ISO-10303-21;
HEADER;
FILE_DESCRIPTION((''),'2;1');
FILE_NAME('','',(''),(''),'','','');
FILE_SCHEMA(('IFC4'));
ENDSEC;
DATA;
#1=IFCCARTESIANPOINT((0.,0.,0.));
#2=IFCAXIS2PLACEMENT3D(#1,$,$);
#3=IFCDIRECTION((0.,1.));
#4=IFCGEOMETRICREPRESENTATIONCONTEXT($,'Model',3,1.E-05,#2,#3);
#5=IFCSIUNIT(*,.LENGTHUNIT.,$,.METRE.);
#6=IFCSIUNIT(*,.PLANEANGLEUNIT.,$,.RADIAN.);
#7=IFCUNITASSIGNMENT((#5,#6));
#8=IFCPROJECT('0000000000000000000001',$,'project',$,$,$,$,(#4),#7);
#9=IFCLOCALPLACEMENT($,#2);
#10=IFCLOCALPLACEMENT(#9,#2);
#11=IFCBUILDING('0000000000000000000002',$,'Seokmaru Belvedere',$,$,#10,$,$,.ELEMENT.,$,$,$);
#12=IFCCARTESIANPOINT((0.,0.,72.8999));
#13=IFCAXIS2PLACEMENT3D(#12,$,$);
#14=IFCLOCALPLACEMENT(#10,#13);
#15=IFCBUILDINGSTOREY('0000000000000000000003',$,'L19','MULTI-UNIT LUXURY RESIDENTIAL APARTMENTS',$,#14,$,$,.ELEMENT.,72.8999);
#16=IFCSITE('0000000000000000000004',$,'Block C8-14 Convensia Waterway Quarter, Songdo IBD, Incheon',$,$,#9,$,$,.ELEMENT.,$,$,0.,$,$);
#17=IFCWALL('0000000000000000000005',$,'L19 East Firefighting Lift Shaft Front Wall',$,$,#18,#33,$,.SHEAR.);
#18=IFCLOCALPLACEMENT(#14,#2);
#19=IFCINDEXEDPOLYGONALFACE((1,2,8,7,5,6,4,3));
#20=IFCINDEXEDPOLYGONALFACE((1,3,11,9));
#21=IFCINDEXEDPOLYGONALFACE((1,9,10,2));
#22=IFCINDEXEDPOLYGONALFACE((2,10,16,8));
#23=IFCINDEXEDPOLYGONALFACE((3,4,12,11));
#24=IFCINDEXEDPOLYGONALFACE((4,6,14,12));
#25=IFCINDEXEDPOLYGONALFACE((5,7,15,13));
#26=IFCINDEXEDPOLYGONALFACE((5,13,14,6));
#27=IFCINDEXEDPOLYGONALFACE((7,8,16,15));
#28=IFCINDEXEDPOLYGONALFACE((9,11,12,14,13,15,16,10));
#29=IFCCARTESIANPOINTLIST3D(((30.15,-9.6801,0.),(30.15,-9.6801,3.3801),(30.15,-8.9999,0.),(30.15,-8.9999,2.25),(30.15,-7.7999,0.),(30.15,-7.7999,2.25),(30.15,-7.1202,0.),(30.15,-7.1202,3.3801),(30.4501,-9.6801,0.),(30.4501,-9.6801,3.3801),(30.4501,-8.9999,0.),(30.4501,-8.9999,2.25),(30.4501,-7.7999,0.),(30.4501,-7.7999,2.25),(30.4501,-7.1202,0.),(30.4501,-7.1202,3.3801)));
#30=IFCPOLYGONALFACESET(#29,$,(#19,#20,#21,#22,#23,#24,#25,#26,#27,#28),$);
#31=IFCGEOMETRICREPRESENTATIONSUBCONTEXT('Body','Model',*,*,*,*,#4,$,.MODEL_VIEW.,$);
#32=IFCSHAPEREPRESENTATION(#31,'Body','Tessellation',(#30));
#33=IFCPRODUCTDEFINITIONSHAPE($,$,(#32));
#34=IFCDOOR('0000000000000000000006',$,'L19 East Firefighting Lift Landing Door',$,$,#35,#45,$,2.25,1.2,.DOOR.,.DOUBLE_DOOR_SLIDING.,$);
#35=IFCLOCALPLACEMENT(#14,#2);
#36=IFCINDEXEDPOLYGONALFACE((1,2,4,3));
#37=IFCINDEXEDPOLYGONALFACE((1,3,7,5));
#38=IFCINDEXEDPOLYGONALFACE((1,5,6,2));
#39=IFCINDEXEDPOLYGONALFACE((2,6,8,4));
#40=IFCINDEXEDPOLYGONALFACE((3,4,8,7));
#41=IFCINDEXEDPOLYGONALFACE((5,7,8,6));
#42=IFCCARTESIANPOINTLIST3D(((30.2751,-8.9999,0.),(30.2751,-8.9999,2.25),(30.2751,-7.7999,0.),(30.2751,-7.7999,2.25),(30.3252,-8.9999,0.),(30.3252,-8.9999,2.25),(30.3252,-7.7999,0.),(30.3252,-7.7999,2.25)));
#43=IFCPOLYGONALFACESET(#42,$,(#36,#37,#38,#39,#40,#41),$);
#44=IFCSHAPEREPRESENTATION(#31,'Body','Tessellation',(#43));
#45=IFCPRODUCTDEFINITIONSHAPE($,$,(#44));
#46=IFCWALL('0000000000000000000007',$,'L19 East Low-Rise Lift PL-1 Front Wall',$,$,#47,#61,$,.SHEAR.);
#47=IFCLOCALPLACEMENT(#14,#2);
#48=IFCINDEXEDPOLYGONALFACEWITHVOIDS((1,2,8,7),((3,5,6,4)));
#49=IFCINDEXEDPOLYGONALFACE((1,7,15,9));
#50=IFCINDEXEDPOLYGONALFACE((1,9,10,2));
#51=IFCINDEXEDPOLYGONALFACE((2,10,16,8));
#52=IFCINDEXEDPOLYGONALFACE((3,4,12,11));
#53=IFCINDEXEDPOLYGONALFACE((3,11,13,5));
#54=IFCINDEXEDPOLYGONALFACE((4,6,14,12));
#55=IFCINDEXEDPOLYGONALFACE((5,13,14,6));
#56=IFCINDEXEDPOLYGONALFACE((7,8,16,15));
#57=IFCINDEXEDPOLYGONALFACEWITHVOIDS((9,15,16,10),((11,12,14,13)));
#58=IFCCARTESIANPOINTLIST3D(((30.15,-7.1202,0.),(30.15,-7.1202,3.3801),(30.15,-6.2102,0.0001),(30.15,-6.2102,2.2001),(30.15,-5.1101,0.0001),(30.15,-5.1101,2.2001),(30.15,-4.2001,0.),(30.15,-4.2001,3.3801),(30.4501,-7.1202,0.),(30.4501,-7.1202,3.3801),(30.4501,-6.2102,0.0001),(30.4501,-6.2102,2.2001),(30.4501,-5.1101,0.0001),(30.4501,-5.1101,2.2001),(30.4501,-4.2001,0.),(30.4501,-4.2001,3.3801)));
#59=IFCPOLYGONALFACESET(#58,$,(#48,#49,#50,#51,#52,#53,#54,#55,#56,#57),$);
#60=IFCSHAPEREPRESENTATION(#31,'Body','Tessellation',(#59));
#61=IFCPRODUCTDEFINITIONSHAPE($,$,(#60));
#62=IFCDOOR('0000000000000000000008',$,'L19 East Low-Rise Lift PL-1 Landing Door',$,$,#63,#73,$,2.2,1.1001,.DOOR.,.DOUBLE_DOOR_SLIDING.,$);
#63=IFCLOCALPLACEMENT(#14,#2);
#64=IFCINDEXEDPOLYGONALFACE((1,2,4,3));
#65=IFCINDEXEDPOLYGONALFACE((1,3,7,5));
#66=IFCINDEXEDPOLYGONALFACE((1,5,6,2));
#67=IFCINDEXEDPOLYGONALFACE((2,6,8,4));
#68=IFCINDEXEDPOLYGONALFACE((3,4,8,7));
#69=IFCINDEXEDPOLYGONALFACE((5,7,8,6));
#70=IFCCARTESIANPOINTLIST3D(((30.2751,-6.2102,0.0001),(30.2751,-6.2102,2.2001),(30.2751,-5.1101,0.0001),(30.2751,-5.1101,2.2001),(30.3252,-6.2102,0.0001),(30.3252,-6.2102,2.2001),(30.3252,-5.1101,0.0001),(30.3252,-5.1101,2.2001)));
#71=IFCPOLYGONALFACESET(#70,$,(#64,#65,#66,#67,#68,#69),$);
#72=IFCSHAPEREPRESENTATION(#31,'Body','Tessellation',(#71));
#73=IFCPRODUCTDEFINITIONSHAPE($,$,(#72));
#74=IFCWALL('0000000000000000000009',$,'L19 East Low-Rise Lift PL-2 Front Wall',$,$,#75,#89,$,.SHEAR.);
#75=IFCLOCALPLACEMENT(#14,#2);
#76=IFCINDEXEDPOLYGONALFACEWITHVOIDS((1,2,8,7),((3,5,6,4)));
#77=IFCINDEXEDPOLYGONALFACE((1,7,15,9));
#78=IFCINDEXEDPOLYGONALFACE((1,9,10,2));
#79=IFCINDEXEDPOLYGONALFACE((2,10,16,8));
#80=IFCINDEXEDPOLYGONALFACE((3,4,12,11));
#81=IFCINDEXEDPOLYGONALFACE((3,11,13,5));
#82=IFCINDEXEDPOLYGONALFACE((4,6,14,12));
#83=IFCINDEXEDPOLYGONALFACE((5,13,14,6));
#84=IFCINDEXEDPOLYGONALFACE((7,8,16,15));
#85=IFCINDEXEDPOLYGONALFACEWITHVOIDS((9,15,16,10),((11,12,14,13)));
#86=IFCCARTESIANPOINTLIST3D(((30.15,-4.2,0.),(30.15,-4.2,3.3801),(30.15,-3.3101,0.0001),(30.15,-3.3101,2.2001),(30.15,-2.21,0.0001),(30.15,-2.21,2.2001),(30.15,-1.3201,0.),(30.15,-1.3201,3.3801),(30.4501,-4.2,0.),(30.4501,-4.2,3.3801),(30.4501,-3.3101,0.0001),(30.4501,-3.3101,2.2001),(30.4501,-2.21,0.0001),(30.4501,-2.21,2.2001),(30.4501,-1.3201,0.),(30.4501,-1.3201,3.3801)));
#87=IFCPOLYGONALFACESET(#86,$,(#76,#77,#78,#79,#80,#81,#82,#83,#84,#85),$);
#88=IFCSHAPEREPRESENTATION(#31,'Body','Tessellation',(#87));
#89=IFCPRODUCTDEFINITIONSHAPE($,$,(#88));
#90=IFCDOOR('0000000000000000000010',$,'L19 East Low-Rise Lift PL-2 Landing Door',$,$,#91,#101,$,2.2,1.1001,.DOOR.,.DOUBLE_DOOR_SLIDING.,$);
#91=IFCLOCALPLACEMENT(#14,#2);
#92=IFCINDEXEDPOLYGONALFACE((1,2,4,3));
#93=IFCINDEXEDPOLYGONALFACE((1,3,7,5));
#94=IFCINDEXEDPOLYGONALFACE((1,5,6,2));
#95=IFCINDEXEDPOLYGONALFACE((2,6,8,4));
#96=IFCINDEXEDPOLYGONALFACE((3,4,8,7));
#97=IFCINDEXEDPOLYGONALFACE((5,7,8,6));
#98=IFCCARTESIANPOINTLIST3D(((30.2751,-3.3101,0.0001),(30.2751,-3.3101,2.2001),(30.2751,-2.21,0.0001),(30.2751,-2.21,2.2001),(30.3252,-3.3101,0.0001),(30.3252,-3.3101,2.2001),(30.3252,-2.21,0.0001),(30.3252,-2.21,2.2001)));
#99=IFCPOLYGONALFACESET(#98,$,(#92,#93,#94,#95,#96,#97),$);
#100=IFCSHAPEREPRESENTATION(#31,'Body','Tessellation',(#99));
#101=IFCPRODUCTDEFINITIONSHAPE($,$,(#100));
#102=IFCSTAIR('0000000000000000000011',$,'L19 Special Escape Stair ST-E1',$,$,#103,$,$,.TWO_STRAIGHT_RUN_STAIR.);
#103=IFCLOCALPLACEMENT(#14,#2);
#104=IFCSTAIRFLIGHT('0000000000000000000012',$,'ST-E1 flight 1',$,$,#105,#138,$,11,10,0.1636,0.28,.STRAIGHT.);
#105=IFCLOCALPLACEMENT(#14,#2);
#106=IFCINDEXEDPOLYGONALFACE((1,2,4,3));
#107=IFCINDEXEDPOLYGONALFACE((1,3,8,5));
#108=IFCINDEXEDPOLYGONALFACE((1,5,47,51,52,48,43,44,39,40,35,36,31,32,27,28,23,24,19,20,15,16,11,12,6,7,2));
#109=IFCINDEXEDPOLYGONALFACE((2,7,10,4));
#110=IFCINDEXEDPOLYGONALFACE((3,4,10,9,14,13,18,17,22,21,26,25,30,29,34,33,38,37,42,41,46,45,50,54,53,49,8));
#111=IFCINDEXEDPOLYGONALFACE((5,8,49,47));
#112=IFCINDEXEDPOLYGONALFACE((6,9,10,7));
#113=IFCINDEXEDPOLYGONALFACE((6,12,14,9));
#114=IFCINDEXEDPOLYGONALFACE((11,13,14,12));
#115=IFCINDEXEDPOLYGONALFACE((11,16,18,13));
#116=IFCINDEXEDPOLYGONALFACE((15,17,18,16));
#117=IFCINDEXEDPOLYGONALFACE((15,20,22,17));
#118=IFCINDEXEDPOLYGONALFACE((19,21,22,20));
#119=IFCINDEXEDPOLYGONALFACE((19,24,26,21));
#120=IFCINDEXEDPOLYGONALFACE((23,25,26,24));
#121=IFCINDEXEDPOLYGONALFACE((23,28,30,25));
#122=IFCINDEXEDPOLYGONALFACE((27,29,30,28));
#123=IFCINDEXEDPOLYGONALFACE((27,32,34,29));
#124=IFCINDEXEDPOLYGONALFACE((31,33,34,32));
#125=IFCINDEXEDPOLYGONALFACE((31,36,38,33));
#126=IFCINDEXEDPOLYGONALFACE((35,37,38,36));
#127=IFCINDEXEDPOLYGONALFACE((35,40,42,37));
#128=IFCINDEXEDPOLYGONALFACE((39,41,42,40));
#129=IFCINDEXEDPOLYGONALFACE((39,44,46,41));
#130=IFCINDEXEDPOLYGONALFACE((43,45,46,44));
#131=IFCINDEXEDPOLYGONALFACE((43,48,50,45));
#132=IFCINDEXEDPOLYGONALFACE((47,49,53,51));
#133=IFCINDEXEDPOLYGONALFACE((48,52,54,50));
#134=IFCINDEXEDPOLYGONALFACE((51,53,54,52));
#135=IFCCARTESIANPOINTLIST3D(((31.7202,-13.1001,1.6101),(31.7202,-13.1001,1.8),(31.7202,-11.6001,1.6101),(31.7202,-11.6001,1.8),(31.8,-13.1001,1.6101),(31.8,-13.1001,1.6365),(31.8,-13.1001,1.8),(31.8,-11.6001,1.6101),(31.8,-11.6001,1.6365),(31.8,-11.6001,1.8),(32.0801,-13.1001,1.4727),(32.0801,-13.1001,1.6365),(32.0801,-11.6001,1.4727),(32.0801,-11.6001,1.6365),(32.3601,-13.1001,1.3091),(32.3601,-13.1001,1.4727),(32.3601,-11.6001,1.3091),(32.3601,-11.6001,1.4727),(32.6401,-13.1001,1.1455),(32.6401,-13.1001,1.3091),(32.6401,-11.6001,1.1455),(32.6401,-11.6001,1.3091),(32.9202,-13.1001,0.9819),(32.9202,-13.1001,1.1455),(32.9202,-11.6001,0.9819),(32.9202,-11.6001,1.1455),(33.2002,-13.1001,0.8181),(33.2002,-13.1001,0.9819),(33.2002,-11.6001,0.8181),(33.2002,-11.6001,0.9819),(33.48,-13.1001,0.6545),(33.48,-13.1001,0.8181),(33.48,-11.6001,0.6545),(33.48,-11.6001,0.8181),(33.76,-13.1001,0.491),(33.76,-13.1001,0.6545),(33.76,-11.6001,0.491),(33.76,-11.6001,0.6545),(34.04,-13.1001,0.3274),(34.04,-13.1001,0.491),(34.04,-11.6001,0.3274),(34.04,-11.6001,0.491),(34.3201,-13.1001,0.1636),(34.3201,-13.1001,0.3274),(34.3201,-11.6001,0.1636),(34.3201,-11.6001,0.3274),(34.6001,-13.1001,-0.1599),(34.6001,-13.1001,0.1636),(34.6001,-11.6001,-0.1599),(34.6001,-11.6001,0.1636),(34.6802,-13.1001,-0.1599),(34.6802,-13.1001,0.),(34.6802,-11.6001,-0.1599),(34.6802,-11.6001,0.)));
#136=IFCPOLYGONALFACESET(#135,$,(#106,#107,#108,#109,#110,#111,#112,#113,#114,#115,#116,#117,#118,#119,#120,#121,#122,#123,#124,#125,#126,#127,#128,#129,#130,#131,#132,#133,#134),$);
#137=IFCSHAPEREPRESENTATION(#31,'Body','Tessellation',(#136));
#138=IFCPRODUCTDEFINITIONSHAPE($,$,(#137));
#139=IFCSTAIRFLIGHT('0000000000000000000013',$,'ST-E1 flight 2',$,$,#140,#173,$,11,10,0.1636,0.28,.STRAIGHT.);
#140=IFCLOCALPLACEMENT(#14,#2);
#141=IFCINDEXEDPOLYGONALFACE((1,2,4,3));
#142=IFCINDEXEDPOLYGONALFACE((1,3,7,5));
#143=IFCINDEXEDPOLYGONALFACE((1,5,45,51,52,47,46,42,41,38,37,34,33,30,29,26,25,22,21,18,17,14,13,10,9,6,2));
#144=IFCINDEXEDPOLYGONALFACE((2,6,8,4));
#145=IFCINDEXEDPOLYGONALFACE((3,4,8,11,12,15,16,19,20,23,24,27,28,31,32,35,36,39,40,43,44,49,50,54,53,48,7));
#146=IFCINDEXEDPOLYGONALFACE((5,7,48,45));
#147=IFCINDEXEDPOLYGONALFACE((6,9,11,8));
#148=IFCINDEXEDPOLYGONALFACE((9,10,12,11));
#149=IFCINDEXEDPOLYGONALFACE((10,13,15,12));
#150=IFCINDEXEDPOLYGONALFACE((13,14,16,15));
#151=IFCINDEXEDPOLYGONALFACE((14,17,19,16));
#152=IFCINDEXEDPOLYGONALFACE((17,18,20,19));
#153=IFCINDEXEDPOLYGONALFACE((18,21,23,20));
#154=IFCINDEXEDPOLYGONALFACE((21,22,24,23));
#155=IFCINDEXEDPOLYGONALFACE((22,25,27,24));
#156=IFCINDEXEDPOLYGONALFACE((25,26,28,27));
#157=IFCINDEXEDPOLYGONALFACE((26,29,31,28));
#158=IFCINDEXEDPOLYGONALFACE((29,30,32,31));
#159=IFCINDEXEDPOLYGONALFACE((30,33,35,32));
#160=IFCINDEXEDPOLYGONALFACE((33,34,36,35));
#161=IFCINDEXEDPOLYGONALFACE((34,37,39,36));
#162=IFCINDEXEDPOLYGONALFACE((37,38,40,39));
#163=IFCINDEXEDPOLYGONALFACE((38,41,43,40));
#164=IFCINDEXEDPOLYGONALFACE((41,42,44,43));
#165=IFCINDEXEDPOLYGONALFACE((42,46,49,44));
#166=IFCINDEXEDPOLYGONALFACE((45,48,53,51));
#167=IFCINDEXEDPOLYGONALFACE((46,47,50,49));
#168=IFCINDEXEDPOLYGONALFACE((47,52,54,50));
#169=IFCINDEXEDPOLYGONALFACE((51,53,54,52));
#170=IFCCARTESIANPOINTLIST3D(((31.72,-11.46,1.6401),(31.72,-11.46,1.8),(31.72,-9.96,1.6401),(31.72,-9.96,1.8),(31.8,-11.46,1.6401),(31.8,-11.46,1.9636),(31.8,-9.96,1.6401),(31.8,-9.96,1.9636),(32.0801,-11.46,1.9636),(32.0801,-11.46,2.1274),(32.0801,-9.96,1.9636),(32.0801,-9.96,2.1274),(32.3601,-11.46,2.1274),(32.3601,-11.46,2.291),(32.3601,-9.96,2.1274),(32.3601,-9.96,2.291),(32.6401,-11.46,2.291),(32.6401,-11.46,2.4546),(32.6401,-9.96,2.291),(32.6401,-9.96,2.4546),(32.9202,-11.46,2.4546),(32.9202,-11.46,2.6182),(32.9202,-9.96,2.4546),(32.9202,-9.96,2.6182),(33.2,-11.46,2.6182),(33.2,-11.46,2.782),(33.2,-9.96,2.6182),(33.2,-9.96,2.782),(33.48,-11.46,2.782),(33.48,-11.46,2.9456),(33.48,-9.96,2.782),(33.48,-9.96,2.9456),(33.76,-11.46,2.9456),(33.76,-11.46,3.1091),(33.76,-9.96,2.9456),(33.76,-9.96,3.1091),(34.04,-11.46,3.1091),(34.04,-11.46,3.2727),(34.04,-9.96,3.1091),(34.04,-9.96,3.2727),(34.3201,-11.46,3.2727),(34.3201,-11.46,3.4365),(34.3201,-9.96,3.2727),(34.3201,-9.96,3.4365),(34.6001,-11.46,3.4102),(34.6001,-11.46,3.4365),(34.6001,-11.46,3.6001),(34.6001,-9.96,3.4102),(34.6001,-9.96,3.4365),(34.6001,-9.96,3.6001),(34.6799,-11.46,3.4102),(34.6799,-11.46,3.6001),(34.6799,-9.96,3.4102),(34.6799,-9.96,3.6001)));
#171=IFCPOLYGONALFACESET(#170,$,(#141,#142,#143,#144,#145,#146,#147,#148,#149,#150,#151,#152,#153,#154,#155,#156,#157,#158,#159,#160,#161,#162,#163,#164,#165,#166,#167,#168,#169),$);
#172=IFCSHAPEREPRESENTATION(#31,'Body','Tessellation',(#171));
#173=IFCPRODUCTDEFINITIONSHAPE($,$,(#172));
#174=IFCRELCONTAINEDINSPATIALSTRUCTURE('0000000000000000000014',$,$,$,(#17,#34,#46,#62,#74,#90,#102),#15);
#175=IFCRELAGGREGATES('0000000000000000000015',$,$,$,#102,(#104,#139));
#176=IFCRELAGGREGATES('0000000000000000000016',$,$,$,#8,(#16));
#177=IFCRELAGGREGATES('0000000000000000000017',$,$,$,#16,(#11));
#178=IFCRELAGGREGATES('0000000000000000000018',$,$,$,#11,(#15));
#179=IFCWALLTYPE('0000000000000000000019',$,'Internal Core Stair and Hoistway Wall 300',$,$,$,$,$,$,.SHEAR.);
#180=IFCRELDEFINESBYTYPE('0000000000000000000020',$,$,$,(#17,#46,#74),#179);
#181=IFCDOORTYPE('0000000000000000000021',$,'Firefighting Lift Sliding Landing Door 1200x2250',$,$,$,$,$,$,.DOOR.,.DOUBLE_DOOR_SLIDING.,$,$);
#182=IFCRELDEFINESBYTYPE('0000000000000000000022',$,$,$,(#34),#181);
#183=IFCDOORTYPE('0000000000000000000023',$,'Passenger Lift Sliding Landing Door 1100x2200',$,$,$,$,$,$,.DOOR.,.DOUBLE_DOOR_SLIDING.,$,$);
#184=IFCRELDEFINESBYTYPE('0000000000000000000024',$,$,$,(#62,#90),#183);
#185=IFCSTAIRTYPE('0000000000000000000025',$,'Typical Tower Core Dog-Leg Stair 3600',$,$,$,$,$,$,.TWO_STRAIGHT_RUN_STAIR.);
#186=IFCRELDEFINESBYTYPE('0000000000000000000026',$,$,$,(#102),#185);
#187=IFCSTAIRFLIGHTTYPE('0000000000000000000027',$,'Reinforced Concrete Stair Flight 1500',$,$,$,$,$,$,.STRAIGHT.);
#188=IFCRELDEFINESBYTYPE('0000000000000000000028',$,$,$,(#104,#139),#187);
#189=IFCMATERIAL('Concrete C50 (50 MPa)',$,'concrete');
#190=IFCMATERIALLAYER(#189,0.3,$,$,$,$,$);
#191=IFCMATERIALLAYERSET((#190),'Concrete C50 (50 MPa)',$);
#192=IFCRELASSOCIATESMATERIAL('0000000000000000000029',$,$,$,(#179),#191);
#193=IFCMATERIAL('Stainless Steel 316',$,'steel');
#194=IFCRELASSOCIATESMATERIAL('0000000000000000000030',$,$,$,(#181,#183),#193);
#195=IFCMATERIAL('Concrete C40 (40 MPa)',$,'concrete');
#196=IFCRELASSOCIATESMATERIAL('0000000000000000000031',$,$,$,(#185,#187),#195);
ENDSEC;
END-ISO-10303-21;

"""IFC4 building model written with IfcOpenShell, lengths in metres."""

from ifc_helpers import new_model, si_unit, direction, frame, frame_2d, origin, place, context, subcontext, project, spatial, polyline, rectangle, outline, extrude, source, transform, mapped, material, layer, layer_set, type_object, type_shapes, element, fill, aggregate, save


model = new_model("IFC4")

# Units and contexts
model_context = context("Model", 3, precision=1e-05, world=origin(), true_north=direction((0.0, 1.0)))
body_context = subcontext(model_context, "Body", "Model", "MODEL_VIEW")
ifc_project = project(units=[si_unit("LENGTHUNIT", "METRE"), si_unit("PLANEANGLEUNIT", "RADIAN")], contexts=[model_context])

# Site, building, storey
site_placement = place(None, origin())
site = spatial("IfcSite", under=ifc_project, at=site_placement, Name="Block C8-14 Convensia Waterway Quarter, Songdo IBD, Incheon", CompositionType="ELEMENT", RefElevation=0.0)
building_placement = place(site_placement, origin())
building = spatial("IfcBuilding", under=site, at=building_placement, Name="Seokmaru Belvedere", CompositionType="ELEMENT")
storey_placement = place(building_placement, frame((0.0, 0.0, 72.8999)))
storey = spatial("IfcBuildingStorey", under=building, at=storey_placement, Name="L19", Description="MULTI-UNIT LUXURY RESIDENTIAL APARTMENTS", CompositionType="ELEMENT", Elevation=72.8999)

# Walls, openings, doors
ifc_material_1 = material(Name="Concrete C50 (50 MPa)", Category="concrete")
ifc_layer_1 = layer(ifc_material_1, 0.3)
ifc_layer_set_1 = layer_set([ifc_layer_1], Name="Concrete C50 (50 MPa)")
wall_type_1 = type_object("IfcWallType", Name="Internal Core Stair and Hoistway Wall 300", PredefinedType="SHEAR", material=ifc_layer_set_1)
wall_1_placement = place(storey_placement, frame((30.3, -9.6799, 0.0), z_axis=(0.0, 0.0, 1.0), x_axis=(0.0, 1.0, 0.0)))
wall_1 = element("IfcWall", 1, at=wall_1_placement, inside=storey, type_object=wall_type_1, Name="L19 East Firefighting Lift Shaft Front Wall", PredefinedType="SHEAR", context=body_context, shape_type="SweptSolid", body=[
    extrude(rectangle(XDim=2.5598, YDim=0.3, at=frame_2d((1.2798, 0.0))), origin(), (0.0, 0.0, 1.0), 3.3801),
])
opening_1_placement = place(wall_1_placement, frame((0.6799, 0.0, 0.0)))
opening_1 = element("IfcOpeningElement", 2, at=opening_1_placement, cuts=wall_1, PredefinedType="OPENING", context=body_context, shape_type="SweptSolid", body=[
    extrude(rectangle(XDim=1.2, YDim=2.25, at=frame_2d((0.6001, 1.125))), frame((0.0, 0.1602, 0.0), z_axis=(0.0, -1.0, 0.0), x_axis=(1.0, 0.0, 0.0)), (0.0, 0.0, 1.0), 0.3201),
])
ifc_material_2 = material(Name="Stainless Steel 316", Category="steel")
door_type_1 = type_object("IfcDoorType", Name="Firefighting Lift Sliding Landing Door 1200x2250", OperationType="DOUBLE_DOOR_SLIDING", PredefinedType="DOOR", material=ifc_material_2)
shared_shape_1 = source(origin(), body_context, "Body", "SweptSolid", [
    extrude(rectangle(XDim=1.2, YDim=2.25, at=frame_2d((0.6001, 1.125))), frame((0.0, 0.0249, 0.0), z_axis=(0.0, -1.0, 0.0), x_axis=(1.0, 0.0, 0.0)), (0.0, 0.0, 1.0), 0.05),
])
type_shapes(door_type_1, [shared_shape_1])
door_1_placement = place(opening_1_placement, origin())
door_1 = element("IfcDoor", 3, at=door_1_placement, inside=storey, type_object=door_type_1, Name="L19 East Firefighting Lift Landing Door", OperationType="DOUBLE_DOOR_SLIDING", OverallHeight=2.25, OverallWidth=1.2, PredefinedType="DOOR", context=body_context, shape_type="MappedRepresentation", body=[
    mapped(shared_shape_1, transform((0.0, 0.0, 0.0), scale=1.0)),
])
fill(opening_1, door_1)
wall_2_placement = place(storey_placement, frame((30.3, -7.1201, 0.0), z_axis=(0.0, 0.0, 1.0), x_axis=(0.0, 1.0, 0.0)))
wall_2 = element("IfcWall", 4, at=wall_2_placement, inside=storey, type_object=wall_type_1, Name="L19 East Low-Rise Lift PL-1 Front Wall", PredefinedType="SHEAR", context=body_context, shape_type="SweptSolid", body=[
    extrude(rectangle(XDim=2.9202, YDim=0.3, at=frame_2d((1.46, 0.0))), origin(), (0.0, 0.0, 1.0), 3.3801),
])
opening_2_placement = place(wall_2_placement, frame((0.9099, 0.0, 0.0)))
opening_2 = element("IfcOpeningElement", 5, at=opening_2_placement, cuts=wall_2, PredefinedType="OPENING", context=body_context, shape_type="SweptSolid", body=[
    extrude(rectangle(XDim=1.1001, YDim=2.2, at=frame_2d((0.55, 1.1001))), frame((0.0, 0.1602, 0.0), z_axis=(0.0, -1.0, 0.0), x_axis=(1.0, 0.0, 0.0)), (0.0, 0.0, 1.0), 0.3201),
])
door_type_2 = type_object("IfcDoorType", Name="Passenger Lift Sliding Landing Door 1100x2200", OperationType="DOUBLE_DOOR_SLIDING", PredefinedType="DOOR", material=ifc_material_2)
shared_shape_2 = source(origin(), body_context, "Body", "SweptSolid", [
    extrude(rectangle(XDim=1.1001, YDim=2.2, at=frame_2d((0.55, 1.1001))), frame((0.0, 0.0249, 0.0), z_axis=(0.0, -1.0, 0.0), x_axis=(1.0, 0.0, 0.0)), (0.0, 0.0, 1.0), 0.05),
])
type_shapes(door_type_2, [shared_shape_2])
door_2_placement = place(opening_2_placement, origin())
door_2 = element("IfcDoor", 6, at=door_2_placement, inside=storey, type_object=door_type_2, Name="L19 East Low-Rise Lift PL-1 Landing Door", OperationType="DOUBLE_DOOR_SLIDING", OverallHeight=2.2, OverallWidth=1.1001, PredefinedType="DOOR", context=body_context, shape_type="MappedRepresentation", body=[
    mapped(shared_shape_2, transform((0.0, 0.0, 0.0), scale=1.0)),
])
fill(opening_2, door_2)
wall_3_placement = place(storey_placement, frame((30.3, -4.2, 0.0), z_axis=(0.0, 0.0, 1.0), x_axis=(0.0, 1.0, 0.0)))
wall_3 = element("IfcWall", 7, at=wall_3_placement, inside=storey, type_object=wall_type_1, Name="L19 East Low-Rise Lift PL-2 Front Wall", PredefinedType="SHEAR", context=body_context, shape_type="SweptSolid", body=[
    extrude(rectangle(XDim=2.8799, YDim=0.3, at=frame_2d((1.4399, 0.0))), origin(), (0.0, 0.0, 1.0), 3.3801),
])
opening_3_placement = place(wall_3_placement, frame((0.8899, 0.0, 0.0)))
opening_3 = element("IfcOpeningElement", 8, at=opening_3_placement, cuts=wall_3, PredefinedType="OPENING", context=body_context, shape_type="SweptSolid", body=[
    extrude(rectangle(XDim=1.1001, YDim=2.2, at=frame_2d((0.55, 1.1001))), frame((0.0, 0.1602, 0.0), z_axis=(0.0, -1.0, 0.0), x_axis=(1.0, 0.0, 0.0)), (0.0, 0.0, 1.0), 0.3201),
])
door_3_placement = place(opening_3_placement, origin())
door_3 = element("IfcDoor", 9, at=door_3_placement, inside=storey, type_object=door_type_2, Name="L19 East Low-Rise Lift PL-2 Landing Door", OperationType="DOUBLE_DOOR_SLIDING", OverallHeight=2.2, OverallWidth=1.1001, PredefinedType="DOOR", context=body_context, shape_type="MappedRepresentation", body=[
    mapped(shared_shape_2, transform((0.0, 0.0, 0.0), scale=1.0)),
])
fill(opening_3, door_3)

# Stair, stair flights
ifc_material_3 = material(Name="Concrete C40 (40 MPa)", Category="concrete")
stair_type = type_object("IfcStairType", Name="Typical Tower Core Dog-Leg Stair 3600", PredefinedType="TWO_STRAIGHT_RUN_STAIR", material=ifc_material_3)
stair_placement = place(storey_placement, origin())
stair = element("IfcStair", 10, at=stair_placement, inside=storey, type_object=stair_type, Name="L19 Special Escape Stair ST-E1", PredefinedType="TWO_STRAIGHT_RUN_STAIR")
stair_flight_type = type_object("IfcStairFlightType", Name="Reinforced Concrete Stair Flight 1500", PredefinedType="STRAIGHT", material=ifc_material_3)
stair_flight_1_placement = place(storey_placement, frame((34.6001, -12.3501, 0.0), z_axis=(0.0, 0.0, 1.0), x_axis=(-1.0, 0.0, 0.0)))
stair_flight_1 = element("IfcStairFlight", 11, at=stair_flight_1_placement, type_object=stair_flight_type, Name="ST-E1 flight 1", NumberOfRisers=11, NumberOfTreads=10, PredefinedType="STRAIGHT", RiserHeight=0.1636, TreadLength=0.28, context=body_context, shape_type="SweptSolid", body=[
    extrude(outline(polyline([(-0.0801, 0.0), (0.0, 0.1636), (0.28, 0.1636), (0.28, 0.3274), (0.5601, 0.3274), (0.5601, 0.491), (0.8401, 0.491), (0.8401, 0.6545), (1.1201, 0.6545), (1.1201, 0.8181), (1.3999, 0.8181), (1.3999, 0.9819), (1.6799, 0.9819), (1.6799, 1.1455), (1.96, 1.1455), (1.96, 1.3091), (2.24, 1.3091), (2.24, 1.4727), (2.52, 1.4727), (2.52, 1.6365), (2.8, 1.6365), (2.8, 1.8), (2.8799, 1.8), (2.8799, 1.6101), (2.8, 1.6101), (0.0, -0.1599), (-0.0801, -0.1599), (-0.0801, 0.0)])), frame((0.0, 0.75, 0.0), z_axis=(0.0, -1.0, 0.0), x_axis=(1.0, 0.0, 0.0)), (0.0, 0.0, 1.0), 1.5),
])
stair_flight_2_placement = place(storey_placement, frame((31.8, -10.71, 1.8), z_axis=(0.0, 0.0, 1.0), x_axis=(1.0, 0.0, 0.0)))
stair_flight_2 = element("IfcStairFlight", 12, at=stair_flight_2_placement, type_object=stair_flight_type, Name="ST-E1 flight 2", NumberOfRisers=11, NumberOfTreads=10, PredefinedType="STRAIGHT", RiserHeight=0.1636, TreadLength=0.28, context=body_context, shape_type="SweptSolid", body=[
    extrude(outline(polyline([(-0.0801, 0.0), (0.0, 0.1636), (0.28, 0.1636), (0.28, 0.3274), (0.5601, 0.3274), (0.5601, 0.491), (0.8401, 0.491), (0.8401, 0.6545), (1.1201, 0.6545), (1.1201, 0.8181), (1.3999, 0.8181), (1.3999, 0.9819), (1.6799, 0.9819), (1.6799, 1.1455), (1.96, 1.1455), (1.96, 1.3091), (2.24, 1.3091), (2.24, 1.4727), (2.52, 1.4727), (2.52, 1.6365), (2.8, 1.6365), (2.8, 1.8), (2.8799, 1.8), (2.8799, 1.6101), (2.8, 1.6101), (0.0, -0.1599), (-0.0801, -0.1599), (-0.0801, 0.0)])), frame((0.0, 0.75, 0.0), z_axis=(0.0, -1.0, 0.0), x_axis=(1.0, 0.0, 0.0)), (0.0, 0.0, 1.0), 1.5),
])
aggregate(stair, [stair_flight_1, stair_flight_2])

save(model, "model.ifc")
